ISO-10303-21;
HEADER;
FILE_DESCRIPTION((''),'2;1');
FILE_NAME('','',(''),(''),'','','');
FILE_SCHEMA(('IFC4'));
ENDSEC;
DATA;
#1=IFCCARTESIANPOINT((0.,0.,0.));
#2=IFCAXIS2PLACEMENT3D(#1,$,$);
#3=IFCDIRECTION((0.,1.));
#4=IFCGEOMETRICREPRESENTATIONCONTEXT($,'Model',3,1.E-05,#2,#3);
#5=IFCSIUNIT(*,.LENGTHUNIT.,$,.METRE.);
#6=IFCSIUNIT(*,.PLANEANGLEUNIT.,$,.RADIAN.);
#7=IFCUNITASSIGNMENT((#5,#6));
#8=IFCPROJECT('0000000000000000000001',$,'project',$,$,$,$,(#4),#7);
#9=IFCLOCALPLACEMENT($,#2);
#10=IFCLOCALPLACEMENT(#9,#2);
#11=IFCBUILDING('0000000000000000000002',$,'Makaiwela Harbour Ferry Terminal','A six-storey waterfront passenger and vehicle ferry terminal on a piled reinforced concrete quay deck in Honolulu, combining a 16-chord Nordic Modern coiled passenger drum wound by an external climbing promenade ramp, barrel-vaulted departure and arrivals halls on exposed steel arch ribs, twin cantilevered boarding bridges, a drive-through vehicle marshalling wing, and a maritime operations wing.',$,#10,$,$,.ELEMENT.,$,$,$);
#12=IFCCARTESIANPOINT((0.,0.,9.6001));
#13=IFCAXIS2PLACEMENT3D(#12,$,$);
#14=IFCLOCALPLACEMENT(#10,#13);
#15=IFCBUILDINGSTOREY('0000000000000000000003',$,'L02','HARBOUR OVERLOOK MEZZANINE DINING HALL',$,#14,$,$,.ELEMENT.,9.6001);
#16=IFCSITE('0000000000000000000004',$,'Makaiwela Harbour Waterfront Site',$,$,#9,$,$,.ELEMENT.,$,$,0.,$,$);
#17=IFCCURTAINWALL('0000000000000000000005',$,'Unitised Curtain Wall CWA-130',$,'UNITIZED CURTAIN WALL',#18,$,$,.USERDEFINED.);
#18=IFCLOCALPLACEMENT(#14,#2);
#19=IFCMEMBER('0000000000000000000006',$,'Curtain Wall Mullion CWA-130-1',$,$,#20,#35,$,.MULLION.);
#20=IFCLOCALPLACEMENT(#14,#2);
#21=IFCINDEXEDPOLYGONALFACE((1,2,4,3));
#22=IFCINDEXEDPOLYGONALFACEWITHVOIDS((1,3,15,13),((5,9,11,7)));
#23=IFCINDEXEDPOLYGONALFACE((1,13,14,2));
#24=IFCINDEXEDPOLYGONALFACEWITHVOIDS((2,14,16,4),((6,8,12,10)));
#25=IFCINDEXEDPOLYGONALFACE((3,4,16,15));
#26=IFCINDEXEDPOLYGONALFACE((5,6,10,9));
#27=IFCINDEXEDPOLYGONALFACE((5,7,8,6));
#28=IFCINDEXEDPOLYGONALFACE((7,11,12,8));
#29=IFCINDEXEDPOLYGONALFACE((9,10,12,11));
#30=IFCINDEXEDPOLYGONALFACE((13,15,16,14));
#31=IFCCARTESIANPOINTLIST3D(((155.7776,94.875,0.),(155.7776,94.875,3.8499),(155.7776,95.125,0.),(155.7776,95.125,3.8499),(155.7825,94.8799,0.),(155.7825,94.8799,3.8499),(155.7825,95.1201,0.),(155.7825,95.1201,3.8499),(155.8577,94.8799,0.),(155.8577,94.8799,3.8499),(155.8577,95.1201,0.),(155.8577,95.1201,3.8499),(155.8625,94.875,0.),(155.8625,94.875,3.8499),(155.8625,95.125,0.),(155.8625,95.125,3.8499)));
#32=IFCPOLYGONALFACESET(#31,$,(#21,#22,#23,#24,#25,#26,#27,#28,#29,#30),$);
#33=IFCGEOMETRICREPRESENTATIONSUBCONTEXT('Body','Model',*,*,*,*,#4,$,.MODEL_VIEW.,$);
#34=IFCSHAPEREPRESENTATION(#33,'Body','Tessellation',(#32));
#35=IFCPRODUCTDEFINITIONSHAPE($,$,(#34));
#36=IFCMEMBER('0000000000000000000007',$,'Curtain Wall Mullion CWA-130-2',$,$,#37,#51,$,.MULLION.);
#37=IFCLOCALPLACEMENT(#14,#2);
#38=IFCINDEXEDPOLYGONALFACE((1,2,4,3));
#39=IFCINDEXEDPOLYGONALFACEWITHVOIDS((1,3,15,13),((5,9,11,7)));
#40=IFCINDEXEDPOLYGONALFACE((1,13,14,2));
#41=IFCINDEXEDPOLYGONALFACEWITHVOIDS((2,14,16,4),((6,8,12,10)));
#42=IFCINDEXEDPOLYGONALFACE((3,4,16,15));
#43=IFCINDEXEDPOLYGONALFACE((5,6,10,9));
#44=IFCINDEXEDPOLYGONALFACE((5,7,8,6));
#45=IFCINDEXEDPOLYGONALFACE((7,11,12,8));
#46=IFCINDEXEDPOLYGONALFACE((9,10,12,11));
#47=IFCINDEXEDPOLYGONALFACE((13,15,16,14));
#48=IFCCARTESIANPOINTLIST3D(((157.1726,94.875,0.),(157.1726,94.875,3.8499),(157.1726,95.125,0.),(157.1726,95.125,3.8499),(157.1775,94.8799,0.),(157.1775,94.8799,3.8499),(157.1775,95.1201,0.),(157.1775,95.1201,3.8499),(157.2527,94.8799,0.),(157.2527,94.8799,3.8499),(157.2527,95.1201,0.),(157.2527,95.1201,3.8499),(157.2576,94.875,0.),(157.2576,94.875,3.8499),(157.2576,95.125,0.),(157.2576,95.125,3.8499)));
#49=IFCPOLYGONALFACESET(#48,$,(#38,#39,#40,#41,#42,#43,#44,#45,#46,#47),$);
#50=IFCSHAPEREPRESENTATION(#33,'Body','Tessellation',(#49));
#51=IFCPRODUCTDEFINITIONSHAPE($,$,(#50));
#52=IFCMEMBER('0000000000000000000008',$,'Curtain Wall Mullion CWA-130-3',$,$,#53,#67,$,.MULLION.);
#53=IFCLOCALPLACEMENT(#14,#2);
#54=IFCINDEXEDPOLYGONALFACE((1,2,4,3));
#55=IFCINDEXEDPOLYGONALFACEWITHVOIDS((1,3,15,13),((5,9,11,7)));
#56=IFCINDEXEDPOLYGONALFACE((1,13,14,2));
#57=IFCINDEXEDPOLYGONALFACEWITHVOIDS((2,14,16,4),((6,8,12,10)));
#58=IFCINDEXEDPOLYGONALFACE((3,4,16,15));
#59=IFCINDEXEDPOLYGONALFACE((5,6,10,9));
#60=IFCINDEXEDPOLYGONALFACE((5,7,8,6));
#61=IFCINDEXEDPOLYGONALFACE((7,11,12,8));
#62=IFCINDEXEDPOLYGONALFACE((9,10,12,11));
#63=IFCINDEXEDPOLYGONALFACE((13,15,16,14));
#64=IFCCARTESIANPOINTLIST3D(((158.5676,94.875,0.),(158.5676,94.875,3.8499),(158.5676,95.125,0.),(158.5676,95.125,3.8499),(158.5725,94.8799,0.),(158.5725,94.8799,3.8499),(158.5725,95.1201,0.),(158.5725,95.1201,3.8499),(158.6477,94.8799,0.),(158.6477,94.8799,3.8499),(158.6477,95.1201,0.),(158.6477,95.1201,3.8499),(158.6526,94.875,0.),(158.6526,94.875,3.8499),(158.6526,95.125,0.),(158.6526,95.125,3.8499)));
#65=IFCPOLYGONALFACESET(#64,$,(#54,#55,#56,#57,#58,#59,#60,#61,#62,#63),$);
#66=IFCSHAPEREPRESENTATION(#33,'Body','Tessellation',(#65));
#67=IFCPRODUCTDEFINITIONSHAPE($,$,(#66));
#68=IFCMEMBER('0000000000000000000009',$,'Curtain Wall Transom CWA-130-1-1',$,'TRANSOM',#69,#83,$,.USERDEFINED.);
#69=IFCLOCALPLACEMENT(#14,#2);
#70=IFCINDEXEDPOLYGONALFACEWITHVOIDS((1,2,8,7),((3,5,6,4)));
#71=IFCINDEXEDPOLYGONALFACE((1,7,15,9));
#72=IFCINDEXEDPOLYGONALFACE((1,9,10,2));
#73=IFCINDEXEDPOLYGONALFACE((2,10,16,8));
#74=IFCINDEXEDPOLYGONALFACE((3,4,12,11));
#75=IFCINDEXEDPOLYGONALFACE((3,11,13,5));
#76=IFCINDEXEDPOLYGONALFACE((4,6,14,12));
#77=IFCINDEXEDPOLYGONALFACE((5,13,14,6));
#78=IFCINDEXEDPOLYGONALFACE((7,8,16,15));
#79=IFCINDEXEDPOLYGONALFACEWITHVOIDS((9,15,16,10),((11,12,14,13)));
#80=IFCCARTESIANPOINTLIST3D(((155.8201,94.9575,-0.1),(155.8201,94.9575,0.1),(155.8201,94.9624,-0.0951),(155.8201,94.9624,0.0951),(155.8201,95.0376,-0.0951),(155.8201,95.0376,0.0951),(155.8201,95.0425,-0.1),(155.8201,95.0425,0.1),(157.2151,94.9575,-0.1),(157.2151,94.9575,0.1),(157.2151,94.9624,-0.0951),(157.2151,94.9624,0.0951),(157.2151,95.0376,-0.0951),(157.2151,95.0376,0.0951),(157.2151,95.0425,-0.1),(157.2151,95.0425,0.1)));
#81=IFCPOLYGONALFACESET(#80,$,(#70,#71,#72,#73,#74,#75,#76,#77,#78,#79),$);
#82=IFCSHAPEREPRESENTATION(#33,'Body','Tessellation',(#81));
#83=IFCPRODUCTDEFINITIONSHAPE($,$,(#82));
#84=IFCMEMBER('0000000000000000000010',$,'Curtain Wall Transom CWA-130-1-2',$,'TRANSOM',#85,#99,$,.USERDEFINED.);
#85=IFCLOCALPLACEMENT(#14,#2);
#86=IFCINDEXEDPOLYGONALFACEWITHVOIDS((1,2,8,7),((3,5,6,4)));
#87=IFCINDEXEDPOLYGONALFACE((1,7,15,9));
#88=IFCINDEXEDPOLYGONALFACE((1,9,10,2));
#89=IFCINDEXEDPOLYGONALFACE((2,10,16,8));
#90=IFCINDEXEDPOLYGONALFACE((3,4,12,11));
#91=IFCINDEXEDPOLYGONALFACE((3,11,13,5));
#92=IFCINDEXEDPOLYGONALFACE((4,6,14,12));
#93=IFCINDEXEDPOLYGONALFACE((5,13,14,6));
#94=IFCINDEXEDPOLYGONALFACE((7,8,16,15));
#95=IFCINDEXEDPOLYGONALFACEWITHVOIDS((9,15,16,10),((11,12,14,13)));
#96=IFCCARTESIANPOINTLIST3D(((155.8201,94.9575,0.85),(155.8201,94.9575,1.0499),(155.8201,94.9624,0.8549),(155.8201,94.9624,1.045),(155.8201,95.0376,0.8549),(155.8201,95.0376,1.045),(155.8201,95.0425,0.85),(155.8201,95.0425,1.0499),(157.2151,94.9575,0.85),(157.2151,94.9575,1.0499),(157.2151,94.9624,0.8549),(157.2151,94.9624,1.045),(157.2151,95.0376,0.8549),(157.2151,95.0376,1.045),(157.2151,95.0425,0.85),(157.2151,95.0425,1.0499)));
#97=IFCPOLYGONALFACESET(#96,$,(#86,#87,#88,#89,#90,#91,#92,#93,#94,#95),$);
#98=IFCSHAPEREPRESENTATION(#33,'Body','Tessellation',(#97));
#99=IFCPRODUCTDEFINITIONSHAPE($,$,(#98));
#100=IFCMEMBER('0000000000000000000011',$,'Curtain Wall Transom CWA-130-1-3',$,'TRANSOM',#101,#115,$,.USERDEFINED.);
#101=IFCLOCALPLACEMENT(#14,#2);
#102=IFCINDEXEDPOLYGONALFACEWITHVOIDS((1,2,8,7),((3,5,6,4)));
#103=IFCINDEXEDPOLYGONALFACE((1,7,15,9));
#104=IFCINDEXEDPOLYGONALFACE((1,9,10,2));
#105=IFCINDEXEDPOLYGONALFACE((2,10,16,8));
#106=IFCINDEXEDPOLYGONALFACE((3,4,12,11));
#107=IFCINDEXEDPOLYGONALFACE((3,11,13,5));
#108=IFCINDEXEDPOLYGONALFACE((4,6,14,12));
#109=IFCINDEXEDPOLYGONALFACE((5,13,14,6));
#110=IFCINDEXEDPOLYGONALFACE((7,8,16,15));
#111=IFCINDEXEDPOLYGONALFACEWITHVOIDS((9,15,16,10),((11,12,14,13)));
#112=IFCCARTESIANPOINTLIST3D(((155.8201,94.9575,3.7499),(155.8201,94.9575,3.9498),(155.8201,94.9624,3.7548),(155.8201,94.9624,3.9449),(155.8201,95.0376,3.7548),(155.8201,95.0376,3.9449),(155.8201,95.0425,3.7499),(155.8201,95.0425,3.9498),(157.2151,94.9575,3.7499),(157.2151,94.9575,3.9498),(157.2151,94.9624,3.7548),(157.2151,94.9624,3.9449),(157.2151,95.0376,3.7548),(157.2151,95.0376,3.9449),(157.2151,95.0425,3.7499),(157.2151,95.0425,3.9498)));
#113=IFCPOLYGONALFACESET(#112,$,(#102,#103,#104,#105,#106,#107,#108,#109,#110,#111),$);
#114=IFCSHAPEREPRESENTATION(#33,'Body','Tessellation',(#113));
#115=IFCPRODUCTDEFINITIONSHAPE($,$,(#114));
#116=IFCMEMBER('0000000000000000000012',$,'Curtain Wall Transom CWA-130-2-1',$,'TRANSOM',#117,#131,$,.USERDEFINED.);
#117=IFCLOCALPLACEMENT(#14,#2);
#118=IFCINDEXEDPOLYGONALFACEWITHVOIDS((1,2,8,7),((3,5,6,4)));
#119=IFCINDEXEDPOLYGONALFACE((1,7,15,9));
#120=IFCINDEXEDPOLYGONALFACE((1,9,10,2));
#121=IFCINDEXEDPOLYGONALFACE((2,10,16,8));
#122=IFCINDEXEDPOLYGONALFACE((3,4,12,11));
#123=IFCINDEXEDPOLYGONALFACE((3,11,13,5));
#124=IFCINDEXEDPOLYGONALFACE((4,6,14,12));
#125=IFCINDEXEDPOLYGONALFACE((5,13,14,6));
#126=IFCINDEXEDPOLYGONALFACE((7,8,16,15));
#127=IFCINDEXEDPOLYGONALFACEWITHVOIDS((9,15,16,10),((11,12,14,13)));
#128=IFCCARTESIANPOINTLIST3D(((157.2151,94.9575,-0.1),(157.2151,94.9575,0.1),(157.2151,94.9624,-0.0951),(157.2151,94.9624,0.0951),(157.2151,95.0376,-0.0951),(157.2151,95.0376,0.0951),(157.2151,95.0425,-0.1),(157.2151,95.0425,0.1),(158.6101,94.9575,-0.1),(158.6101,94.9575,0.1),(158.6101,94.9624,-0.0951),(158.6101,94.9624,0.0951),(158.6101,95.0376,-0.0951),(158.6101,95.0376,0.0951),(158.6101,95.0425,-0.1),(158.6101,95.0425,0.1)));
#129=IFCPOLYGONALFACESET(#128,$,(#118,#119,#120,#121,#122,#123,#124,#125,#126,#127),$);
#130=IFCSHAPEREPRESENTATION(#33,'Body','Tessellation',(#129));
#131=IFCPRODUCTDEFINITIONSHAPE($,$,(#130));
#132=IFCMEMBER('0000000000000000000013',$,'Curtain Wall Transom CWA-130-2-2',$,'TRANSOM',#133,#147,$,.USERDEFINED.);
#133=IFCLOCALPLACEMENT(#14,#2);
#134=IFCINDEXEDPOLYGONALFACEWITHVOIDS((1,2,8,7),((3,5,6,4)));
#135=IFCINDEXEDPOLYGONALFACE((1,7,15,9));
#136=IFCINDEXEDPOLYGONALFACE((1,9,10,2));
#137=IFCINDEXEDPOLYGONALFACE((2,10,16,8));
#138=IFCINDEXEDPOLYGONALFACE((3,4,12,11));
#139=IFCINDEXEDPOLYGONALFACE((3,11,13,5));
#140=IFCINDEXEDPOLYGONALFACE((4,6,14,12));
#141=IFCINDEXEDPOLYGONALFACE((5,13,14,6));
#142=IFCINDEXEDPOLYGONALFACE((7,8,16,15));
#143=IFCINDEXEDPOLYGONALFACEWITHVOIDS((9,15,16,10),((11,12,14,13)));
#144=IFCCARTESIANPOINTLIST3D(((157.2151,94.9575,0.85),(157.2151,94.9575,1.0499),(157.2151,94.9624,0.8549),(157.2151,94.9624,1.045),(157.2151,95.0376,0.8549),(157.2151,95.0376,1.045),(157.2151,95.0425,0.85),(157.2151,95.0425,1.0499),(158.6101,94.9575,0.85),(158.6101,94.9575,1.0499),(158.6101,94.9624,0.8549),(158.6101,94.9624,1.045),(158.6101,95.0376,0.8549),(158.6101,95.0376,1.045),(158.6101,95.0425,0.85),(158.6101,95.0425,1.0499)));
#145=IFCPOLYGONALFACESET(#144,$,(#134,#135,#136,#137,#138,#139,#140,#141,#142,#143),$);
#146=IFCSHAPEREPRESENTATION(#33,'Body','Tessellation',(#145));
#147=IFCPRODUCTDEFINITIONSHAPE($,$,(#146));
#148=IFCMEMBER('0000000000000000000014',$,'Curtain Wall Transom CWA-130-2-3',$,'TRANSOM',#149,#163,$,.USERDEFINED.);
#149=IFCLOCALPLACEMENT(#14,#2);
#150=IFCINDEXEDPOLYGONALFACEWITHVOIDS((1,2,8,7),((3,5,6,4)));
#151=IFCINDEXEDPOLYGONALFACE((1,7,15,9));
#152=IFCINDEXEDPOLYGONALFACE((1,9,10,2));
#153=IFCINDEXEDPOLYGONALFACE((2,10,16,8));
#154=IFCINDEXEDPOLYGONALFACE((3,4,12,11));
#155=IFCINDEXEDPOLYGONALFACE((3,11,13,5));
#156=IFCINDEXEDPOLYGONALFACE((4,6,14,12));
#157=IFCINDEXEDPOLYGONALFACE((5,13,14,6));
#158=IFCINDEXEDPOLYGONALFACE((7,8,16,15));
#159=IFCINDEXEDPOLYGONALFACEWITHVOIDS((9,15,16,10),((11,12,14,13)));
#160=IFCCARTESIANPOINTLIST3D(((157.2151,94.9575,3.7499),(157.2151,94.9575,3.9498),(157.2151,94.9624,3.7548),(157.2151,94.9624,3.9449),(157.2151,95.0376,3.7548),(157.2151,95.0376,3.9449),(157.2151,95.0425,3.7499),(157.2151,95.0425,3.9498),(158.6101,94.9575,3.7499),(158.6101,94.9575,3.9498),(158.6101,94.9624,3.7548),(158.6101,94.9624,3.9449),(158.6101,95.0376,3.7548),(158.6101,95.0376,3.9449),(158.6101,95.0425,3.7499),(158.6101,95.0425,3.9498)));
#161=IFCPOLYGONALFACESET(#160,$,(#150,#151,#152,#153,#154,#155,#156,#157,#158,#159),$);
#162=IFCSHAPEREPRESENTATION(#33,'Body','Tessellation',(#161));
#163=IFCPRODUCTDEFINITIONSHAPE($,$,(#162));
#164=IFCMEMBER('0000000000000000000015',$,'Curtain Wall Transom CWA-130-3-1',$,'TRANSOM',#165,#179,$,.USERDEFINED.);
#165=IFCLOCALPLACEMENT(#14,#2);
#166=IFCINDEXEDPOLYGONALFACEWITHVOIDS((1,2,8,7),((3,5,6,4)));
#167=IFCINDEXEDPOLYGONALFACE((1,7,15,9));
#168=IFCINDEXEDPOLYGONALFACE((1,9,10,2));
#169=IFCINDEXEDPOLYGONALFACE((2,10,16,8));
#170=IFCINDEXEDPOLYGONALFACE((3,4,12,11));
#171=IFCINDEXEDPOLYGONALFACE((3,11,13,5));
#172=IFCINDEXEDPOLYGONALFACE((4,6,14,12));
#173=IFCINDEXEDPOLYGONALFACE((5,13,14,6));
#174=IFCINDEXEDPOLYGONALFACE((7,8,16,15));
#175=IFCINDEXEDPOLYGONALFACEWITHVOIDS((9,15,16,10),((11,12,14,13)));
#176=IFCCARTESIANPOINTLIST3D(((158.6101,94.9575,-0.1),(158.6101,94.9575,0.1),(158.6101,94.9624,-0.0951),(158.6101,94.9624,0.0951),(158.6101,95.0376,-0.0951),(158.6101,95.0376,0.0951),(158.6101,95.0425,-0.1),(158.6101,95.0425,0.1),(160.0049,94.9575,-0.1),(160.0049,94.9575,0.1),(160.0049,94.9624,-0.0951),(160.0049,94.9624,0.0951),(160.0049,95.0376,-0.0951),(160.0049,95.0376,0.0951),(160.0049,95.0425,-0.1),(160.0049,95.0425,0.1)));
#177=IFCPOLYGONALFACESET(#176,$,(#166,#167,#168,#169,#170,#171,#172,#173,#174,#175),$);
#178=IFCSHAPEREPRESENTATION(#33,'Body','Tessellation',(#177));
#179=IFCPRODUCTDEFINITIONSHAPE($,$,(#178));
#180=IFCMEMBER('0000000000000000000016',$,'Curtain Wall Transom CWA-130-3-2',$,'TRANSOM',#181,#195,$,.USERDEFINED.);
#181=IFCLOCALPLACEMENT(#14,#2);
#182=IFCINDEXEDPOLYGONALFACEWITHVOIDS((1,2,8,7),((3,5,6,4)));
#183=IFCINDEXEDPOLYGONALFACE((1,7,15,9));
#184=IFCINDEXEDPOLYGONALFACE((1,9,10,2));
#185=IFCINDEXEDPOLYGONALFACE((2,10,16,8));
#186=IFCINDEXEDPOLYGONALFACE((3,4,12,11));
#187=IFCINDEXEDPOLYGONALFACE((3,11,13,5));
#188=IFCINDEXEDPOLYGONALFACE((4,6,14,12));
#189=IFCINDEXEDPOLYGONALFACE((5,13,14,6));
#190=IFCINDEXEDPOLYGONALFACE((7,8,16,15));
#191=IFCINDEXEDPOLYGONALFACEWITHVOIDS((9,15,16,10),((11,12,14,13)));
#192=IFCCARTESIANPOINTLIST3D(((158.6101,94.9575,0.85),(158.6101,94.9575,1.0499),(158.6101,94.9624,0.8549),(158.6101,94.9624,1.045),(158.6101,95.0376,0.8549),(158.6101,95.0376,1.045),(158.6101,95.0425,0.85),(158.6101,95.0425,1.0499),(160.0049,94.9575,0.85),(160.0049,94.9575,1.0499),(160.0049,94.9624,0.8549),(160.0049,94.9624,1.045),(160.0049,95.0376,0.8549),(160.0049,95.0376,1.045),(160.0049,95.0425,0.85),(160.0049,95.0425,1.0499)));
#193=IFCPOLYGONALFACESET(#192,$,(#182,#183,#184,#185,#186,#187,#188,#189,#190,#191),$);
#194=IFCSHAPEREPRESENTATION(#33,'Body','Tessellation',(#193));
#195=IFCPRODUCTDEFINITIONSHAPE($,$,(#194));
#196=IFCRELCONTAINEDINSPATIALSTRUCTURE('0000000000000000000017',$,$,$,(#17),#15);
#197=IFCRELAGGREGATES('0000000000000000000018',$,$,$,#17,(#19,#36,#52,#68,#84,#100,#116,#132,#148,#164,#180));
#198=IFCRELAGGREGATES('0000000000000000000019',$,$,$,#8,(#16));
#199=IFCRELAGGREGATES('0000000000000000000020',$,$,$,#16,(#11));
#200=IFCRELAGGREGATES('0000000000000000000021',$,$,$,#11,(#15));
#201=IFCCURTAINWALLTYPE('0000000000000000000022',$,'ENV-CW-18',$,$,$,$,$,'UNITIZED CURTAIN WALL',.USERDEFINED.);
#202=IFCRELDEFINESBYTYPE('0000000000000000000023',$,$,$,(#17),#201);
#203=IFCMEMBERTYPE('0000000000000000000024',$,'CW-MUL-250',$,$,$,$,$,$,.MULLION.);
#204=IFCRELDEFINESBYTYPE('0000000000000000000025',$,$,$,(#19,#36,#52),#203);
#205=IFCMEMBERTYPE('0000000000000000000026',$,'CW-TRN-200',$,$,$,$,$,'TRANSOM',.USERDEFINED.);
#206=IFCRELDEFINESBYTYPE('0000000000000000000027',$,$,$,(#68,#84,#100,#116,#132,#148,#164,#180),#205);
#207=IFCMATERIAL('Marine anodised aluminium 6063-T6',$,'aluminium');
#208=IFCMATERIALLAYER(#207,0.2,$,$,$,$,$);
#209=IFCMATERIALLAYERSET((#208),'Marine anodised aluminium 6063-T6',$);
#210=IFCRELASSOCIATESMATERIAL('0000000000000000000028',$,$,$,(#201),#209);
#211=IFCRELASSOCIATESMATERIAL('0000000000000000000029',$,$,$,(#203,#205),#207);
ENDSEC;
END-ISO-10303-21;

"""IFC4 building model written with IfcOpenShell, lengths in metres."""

from ifc_helpers import new_model, si_unit, direction, frame, origin, origin_2d, place, context, subcontext, project, spatial, hollow_rectangle, extrude, material, layer, layer_set, material_profile, profile_set, type_object, element, aggregate, save


model = new_model("IFC4")

# Units and contexts
model_context = context("Model", 3, precision=1e-05, world=origin(), true_north=direction((0.0, 1.0)))
body_context = subcontext(model_context, "Body", "Model", "MODEL_VIEW")
ifc_project = project(units=[si_unit("LENGTHUNIT", "METRE"), si_unit("PLANEANGLEUNIT", "RADIAN")], contexts=[model_context])

# Site, building, storey
site_placement = place(None, origin())
site = spatial("IfcSite", under=ifc_project, at=site_placement, Name="Makaiwela Harbour Waterfront Site", CompositionType="ELEMENT", RefElevation=0.0)
building_placement = place(site_placement, origin())
building = spatial("IfcBuilding", under=site, at=building_placement, Name="Makaiwela Harbour Ferry Terminal", Description="A six-storey waterfront passenger and vehicle ferry terminal on a piled reinforced concrete quay deck in Honolulu, combining a 16-chord Nordic Modern coiled passenger drum wound by an external climbing promenade ramp, barrel-vaulted departure and arrivals halls on exposed steel arch ribs, twin cantilevered boarding bridges, a drive-through vehicle marshalling wing, and a maritime operations wing.", CompositionType="ELEMENT")
storey_placement = place(building_placement, frame((0.0, 0.0, 9.6001)))
storey = spatial("IfcBuildingStorey", under=building, at=storey_placement, Name="L02", Description="HARBOUR OVERLOOK MEZZANINE DINING HALL", CompositionType="ELEMENT", Elevation=9.6001)

# Curtain wall, members
ifc_material_1 = material(Name="Marine anodised aluminium 6063-T6", Category="aluminium")
ifc_layer_1 = layer(ifc_material_1, 0.2)
ifc_layer_set_1 = layer_set([ifc_layer_1], Name="Marine anodised aluminium 6063-T6")
curtain_wall_type = type_object("IfcCurtainWallType", Name="ENV-CW-18", ElementType="UNITIZED CURTAIN WALL", PredefinedType="USERDEFINED", material=ifc_layer_set_1)
curtain_wall_placement = place(storey_placement, origin())
curtain_wall = element("IfcCurtainWall", 1, at=curtain_wall_placement, inside=storey, type_object=curtain_wall_type, Name="Unitised Curtain Wall CWA-130", ObjectType="UNITIZED CURTAIN WALL", PredefinedType="USERDEFINED")
ifc_material_profile_1 = material_profile(ifc_material_1, hollow_rectangle(XDim=0.085, YDim=0.25, WallThickness=0.0049, at=origin_2d()), Name="CWM-250X85")
ifc_profile_set_1 = profile_set([ifc_material_profile_1], Name="Marine anodised aluminium 6063-T6")
member_type_1 = type_object("IfcMemberType", Name="CW-MUL-250", PredefinedType="MULLION", material=ifc_profile_set_1)
member_1_placement = place(storey_placement, frame((155.8201, 95.0, 0.0), z_axis=(0.0, 0.0, 1.0), x_axis=(1.0, 0.0, 0.0)))
member_1 = element("IfcMember", 2, at=member_1_placement, type_object=member_type_1, Name="Curtain Wall Mullion CWA-130-1", PredefinedType="MULLION", context=body_context, shape_type="SweptSolid", body=[
    extrude(hollow_rectangle(XDim=0.085, YDim=0.25, WallThickness=0.0049, at=origin_2d()), origin(), (0.0, 0.0, 1.0), 3.8499),
])
member_2_placement = place(storey_placement, frame((157.2151, 95.0, 0.0), z_axis=(0.0, 0.0, 1.0), x_axis=(1.0, 0.0, 0.0)))
member_2 = element("IfcMember", 3, at=member_2_placement, type_object=member_type_1, Name="Curtain Wall Mullion CWA-130-2", PredefinedType="MULLION", context=body_context, shape_type="SweptSolid", body=[
    extrude(hollow_rectangle(XDim=0.085, YDim=0.25, WallThickness=0.0049, at=origin_2d()), origin(), (0.0, 0.0, 1.0), 3.8499),
])
member_3_placement = place(storey_placement, frame((158.6101, 95.0, 0.0), z_axis=(0.0, 0.0, 1.0), x_axis=(1.0, 0.0, 0.0)))
member_3 = element("IfcMember", 4, at=member_3_placement, type_object=member_type_1, Name="Curtain Wall Mullion CWA-130-3", PredefinedType="MULLION", context=body_context, shape_type="SweptSolid", body=[
    extrude(hollow_rectangle(XDim=0.085, YDim=0.25, WallThickness=0.0049, at=origin_2d()), origin(), (0.0, 0.0, 1.0), 3.8499),
])
ifc_material_profile_2 = material_profile(ifc_material_1, hollow_rectangle(XDim=0.085, YDim=0.2, WallThickness=0.0049, at=origin_2d()), Name="CWT-200X85")
ifc_profile_set_2 = profile_set([ifc_material_profile_2], Name="Marine anodised aluminium 6063-T6")
member_type_2 = type_object("IfcMemberType", Name="CW-TRN-200", ElementType="TRANSOM", PredefinedType="USERDEFINED", material=ifc_profile_set_2)
member_4_placement = place(storey_placement, frame((155.8201, 95.0, 0.0), z_axis=(1.0, 0.0, 0.0), x_axis=(0.0, 1.0, 0.0)))
member_4 = element("IfcMember", 5, at=member_4_placement, type_object=member_type_2, Name="Curtain Wall Transom CWA-130-1-1", ObjectType="TRANSOM", PredefinedType="USERDEFINED", context=body_context, shape_type="SweptSolid", body=[
    extrude(hollow_rectangle(XDim=0.085, YDim=0.2, WallThickness=0.0049, at=origin_2d()), origin(), (0.0, 0.0, 1.0), 1.395),
])
member_5_placement = place(storey_placement, frame((155.8201, 95.0, 0.95), z_axis=(1.0, 0.0, 0.0), x_axis=(0.0, 1.0, 0.0)))
member_5 = element("IfcMember", 6, at=member_5_placement, type_object=member_type_2, Name="Curtain Wall Transom CWA-130-1-2", ObjectType="TRANSOM", PredefinedType="USERDEFINED", context=body_context, shape_type="SweptSolid", body=[
    extrude(hollow_rectangle(XDim=0.085, YDim=0.2, WallThickness=0.0049, at=origin_2d()), origin(), (0.0, 0.0, 1.0), 1.395),
])
member_6_placement = place(storey_placement, frame((155.8201, 95.0, 3.8499), z_axis=(1.0, 0.0, 0.0), x_axis=(0.0, 1.0, 0.0)))
member_6 = element("IfcMember", 7, at=member_6_placement, type_object=member_type_2, Name="Curtain Wall Transom CWA-130-1-3", ObjectType="TRANSOM", PredefinedType="USERDEFINED", context=body_context, shape_type="SweptSolid", body=[
    extrude(hollow_rectangle(XDim=0.085, YDim=0.2, WallThickness=0.0049, at=origin_2d()), origin(), (0.0, 0.0, 1.0), 1.395),
])
member_7_placement = place(storey_placement, frame((157.2151, 95.0, 0.0), z_axis=(1.0, 0.0, 0.0), x_axis=(0.0, 1.0, 0.0)))
member_7 = element("IfcMember", 8, at=member_7_placement, type_object=member_type_2, Name="Curtain Wall Transom CWA-130-2-1", ObjectType="TRANSOM", PredefinedType="USERDEFINED", context=body_context, shape_type="SweptSolid", body=[
    extrude(hollow_rectangle(XDim=0.085, YDim=0.2, WallThickness=0.0049, at=origin_2d()), origin(), (0.0, 0.0, 1.0), 1.395),
])
member_8_placement = place(storey_placement, frame((157.2151, 95.0, 0.95), z_axis=(1.0, 0.0, 0.0), x_axis=(0.0, 1.0, 0.0)))
member_8 = element("IfcMember", 9, at=member_8_placement, type_object=member_type_2, Name="Curtain Wall Transom CWA-130-2-2", ObjectType="TRANSOM", PredefinedType="USERDEFINED", context=body_context, shape_type="SweptSolid", body=[
    extrude(hollow_rectangle(XDim=0.085, YDim=0.2, WallThickness=0.0049, at=origin_2d()), origin(), (0.0, 0.0, 1.0), 1.395),
])
member_9_placement = place(storey_placement, frame((157.2151, 95.0, 3.8499), z_axis=(1.0, 0.0, 0.0), x_axis=(0.0, 1.0, 0.0)))
member_9 = element("IfcMember", 10, at=member_9_placement, type_object=member_type_2, Name="Curtain Wall Transom CWA-130-2-3", ObjectType="TRANSOM", PredefinedType="USERDEFINED", context=body_context, shape_type="SweptSolid", body=[
    extrude(hollow_rectangle(XDim=0.085, YDim=0.2, WallThickness=0.0049, at=origin_2d()), origin(), (0.0, 0.0, 1.0), 1.395),
])
member_10_placement = place(storey_placement, frame((158.6101, 95.0, 0.0), z_axis=(1.0, 0.0, 0.0), x_axis=(0.0, 1.0, 0.0)))
member_10 = element("IfcMember", 11, at=member_10_placement, type_object=member_type_2, Name="Curtain Wall Transom CWA-130-3-1", ObjectType="TRANSOM", PredefinedType="USERDEFINED", context=body_context, shape_type="SweptSolid", body=[
    extrude(hollow_rectangle(XDim=0.085, YDim=0.2, WallThickness=0.0049, at=origin_2d()), origin(), (0.0, 0.0, 1.0), 1.3948),
])
member_11_placement = place(storey_placement, frame((158.6101, 95.0, 0.95), z_axis=(1.0, 0.0, 0.0), x_axis=(0.0, 1.0, 0.0)))
member_11 = element("IfcMember", 12, at=member_11_placement, type_object=member_type_2, Name="Curtain Wall Transom CWA-130-3-2", ObjectType="TRANSOM", PredefinedType="USERDEFINED", context=body_context, shape_type="SweptSolid", body=[
    extrude(hollow_rectangle(XDim=0.085, YDim=0.2, WallThickness=0.0049, at=origin_2d()), origin(), (0.0, 0.0, 1.0), 1.3948),
])

aggregate(curtain_wall, [member_1, member_2, member_3, member_4, member_5, member_6, member_7, member_8, member_9, member_10, member_11])

save(model, "model.ifc")
